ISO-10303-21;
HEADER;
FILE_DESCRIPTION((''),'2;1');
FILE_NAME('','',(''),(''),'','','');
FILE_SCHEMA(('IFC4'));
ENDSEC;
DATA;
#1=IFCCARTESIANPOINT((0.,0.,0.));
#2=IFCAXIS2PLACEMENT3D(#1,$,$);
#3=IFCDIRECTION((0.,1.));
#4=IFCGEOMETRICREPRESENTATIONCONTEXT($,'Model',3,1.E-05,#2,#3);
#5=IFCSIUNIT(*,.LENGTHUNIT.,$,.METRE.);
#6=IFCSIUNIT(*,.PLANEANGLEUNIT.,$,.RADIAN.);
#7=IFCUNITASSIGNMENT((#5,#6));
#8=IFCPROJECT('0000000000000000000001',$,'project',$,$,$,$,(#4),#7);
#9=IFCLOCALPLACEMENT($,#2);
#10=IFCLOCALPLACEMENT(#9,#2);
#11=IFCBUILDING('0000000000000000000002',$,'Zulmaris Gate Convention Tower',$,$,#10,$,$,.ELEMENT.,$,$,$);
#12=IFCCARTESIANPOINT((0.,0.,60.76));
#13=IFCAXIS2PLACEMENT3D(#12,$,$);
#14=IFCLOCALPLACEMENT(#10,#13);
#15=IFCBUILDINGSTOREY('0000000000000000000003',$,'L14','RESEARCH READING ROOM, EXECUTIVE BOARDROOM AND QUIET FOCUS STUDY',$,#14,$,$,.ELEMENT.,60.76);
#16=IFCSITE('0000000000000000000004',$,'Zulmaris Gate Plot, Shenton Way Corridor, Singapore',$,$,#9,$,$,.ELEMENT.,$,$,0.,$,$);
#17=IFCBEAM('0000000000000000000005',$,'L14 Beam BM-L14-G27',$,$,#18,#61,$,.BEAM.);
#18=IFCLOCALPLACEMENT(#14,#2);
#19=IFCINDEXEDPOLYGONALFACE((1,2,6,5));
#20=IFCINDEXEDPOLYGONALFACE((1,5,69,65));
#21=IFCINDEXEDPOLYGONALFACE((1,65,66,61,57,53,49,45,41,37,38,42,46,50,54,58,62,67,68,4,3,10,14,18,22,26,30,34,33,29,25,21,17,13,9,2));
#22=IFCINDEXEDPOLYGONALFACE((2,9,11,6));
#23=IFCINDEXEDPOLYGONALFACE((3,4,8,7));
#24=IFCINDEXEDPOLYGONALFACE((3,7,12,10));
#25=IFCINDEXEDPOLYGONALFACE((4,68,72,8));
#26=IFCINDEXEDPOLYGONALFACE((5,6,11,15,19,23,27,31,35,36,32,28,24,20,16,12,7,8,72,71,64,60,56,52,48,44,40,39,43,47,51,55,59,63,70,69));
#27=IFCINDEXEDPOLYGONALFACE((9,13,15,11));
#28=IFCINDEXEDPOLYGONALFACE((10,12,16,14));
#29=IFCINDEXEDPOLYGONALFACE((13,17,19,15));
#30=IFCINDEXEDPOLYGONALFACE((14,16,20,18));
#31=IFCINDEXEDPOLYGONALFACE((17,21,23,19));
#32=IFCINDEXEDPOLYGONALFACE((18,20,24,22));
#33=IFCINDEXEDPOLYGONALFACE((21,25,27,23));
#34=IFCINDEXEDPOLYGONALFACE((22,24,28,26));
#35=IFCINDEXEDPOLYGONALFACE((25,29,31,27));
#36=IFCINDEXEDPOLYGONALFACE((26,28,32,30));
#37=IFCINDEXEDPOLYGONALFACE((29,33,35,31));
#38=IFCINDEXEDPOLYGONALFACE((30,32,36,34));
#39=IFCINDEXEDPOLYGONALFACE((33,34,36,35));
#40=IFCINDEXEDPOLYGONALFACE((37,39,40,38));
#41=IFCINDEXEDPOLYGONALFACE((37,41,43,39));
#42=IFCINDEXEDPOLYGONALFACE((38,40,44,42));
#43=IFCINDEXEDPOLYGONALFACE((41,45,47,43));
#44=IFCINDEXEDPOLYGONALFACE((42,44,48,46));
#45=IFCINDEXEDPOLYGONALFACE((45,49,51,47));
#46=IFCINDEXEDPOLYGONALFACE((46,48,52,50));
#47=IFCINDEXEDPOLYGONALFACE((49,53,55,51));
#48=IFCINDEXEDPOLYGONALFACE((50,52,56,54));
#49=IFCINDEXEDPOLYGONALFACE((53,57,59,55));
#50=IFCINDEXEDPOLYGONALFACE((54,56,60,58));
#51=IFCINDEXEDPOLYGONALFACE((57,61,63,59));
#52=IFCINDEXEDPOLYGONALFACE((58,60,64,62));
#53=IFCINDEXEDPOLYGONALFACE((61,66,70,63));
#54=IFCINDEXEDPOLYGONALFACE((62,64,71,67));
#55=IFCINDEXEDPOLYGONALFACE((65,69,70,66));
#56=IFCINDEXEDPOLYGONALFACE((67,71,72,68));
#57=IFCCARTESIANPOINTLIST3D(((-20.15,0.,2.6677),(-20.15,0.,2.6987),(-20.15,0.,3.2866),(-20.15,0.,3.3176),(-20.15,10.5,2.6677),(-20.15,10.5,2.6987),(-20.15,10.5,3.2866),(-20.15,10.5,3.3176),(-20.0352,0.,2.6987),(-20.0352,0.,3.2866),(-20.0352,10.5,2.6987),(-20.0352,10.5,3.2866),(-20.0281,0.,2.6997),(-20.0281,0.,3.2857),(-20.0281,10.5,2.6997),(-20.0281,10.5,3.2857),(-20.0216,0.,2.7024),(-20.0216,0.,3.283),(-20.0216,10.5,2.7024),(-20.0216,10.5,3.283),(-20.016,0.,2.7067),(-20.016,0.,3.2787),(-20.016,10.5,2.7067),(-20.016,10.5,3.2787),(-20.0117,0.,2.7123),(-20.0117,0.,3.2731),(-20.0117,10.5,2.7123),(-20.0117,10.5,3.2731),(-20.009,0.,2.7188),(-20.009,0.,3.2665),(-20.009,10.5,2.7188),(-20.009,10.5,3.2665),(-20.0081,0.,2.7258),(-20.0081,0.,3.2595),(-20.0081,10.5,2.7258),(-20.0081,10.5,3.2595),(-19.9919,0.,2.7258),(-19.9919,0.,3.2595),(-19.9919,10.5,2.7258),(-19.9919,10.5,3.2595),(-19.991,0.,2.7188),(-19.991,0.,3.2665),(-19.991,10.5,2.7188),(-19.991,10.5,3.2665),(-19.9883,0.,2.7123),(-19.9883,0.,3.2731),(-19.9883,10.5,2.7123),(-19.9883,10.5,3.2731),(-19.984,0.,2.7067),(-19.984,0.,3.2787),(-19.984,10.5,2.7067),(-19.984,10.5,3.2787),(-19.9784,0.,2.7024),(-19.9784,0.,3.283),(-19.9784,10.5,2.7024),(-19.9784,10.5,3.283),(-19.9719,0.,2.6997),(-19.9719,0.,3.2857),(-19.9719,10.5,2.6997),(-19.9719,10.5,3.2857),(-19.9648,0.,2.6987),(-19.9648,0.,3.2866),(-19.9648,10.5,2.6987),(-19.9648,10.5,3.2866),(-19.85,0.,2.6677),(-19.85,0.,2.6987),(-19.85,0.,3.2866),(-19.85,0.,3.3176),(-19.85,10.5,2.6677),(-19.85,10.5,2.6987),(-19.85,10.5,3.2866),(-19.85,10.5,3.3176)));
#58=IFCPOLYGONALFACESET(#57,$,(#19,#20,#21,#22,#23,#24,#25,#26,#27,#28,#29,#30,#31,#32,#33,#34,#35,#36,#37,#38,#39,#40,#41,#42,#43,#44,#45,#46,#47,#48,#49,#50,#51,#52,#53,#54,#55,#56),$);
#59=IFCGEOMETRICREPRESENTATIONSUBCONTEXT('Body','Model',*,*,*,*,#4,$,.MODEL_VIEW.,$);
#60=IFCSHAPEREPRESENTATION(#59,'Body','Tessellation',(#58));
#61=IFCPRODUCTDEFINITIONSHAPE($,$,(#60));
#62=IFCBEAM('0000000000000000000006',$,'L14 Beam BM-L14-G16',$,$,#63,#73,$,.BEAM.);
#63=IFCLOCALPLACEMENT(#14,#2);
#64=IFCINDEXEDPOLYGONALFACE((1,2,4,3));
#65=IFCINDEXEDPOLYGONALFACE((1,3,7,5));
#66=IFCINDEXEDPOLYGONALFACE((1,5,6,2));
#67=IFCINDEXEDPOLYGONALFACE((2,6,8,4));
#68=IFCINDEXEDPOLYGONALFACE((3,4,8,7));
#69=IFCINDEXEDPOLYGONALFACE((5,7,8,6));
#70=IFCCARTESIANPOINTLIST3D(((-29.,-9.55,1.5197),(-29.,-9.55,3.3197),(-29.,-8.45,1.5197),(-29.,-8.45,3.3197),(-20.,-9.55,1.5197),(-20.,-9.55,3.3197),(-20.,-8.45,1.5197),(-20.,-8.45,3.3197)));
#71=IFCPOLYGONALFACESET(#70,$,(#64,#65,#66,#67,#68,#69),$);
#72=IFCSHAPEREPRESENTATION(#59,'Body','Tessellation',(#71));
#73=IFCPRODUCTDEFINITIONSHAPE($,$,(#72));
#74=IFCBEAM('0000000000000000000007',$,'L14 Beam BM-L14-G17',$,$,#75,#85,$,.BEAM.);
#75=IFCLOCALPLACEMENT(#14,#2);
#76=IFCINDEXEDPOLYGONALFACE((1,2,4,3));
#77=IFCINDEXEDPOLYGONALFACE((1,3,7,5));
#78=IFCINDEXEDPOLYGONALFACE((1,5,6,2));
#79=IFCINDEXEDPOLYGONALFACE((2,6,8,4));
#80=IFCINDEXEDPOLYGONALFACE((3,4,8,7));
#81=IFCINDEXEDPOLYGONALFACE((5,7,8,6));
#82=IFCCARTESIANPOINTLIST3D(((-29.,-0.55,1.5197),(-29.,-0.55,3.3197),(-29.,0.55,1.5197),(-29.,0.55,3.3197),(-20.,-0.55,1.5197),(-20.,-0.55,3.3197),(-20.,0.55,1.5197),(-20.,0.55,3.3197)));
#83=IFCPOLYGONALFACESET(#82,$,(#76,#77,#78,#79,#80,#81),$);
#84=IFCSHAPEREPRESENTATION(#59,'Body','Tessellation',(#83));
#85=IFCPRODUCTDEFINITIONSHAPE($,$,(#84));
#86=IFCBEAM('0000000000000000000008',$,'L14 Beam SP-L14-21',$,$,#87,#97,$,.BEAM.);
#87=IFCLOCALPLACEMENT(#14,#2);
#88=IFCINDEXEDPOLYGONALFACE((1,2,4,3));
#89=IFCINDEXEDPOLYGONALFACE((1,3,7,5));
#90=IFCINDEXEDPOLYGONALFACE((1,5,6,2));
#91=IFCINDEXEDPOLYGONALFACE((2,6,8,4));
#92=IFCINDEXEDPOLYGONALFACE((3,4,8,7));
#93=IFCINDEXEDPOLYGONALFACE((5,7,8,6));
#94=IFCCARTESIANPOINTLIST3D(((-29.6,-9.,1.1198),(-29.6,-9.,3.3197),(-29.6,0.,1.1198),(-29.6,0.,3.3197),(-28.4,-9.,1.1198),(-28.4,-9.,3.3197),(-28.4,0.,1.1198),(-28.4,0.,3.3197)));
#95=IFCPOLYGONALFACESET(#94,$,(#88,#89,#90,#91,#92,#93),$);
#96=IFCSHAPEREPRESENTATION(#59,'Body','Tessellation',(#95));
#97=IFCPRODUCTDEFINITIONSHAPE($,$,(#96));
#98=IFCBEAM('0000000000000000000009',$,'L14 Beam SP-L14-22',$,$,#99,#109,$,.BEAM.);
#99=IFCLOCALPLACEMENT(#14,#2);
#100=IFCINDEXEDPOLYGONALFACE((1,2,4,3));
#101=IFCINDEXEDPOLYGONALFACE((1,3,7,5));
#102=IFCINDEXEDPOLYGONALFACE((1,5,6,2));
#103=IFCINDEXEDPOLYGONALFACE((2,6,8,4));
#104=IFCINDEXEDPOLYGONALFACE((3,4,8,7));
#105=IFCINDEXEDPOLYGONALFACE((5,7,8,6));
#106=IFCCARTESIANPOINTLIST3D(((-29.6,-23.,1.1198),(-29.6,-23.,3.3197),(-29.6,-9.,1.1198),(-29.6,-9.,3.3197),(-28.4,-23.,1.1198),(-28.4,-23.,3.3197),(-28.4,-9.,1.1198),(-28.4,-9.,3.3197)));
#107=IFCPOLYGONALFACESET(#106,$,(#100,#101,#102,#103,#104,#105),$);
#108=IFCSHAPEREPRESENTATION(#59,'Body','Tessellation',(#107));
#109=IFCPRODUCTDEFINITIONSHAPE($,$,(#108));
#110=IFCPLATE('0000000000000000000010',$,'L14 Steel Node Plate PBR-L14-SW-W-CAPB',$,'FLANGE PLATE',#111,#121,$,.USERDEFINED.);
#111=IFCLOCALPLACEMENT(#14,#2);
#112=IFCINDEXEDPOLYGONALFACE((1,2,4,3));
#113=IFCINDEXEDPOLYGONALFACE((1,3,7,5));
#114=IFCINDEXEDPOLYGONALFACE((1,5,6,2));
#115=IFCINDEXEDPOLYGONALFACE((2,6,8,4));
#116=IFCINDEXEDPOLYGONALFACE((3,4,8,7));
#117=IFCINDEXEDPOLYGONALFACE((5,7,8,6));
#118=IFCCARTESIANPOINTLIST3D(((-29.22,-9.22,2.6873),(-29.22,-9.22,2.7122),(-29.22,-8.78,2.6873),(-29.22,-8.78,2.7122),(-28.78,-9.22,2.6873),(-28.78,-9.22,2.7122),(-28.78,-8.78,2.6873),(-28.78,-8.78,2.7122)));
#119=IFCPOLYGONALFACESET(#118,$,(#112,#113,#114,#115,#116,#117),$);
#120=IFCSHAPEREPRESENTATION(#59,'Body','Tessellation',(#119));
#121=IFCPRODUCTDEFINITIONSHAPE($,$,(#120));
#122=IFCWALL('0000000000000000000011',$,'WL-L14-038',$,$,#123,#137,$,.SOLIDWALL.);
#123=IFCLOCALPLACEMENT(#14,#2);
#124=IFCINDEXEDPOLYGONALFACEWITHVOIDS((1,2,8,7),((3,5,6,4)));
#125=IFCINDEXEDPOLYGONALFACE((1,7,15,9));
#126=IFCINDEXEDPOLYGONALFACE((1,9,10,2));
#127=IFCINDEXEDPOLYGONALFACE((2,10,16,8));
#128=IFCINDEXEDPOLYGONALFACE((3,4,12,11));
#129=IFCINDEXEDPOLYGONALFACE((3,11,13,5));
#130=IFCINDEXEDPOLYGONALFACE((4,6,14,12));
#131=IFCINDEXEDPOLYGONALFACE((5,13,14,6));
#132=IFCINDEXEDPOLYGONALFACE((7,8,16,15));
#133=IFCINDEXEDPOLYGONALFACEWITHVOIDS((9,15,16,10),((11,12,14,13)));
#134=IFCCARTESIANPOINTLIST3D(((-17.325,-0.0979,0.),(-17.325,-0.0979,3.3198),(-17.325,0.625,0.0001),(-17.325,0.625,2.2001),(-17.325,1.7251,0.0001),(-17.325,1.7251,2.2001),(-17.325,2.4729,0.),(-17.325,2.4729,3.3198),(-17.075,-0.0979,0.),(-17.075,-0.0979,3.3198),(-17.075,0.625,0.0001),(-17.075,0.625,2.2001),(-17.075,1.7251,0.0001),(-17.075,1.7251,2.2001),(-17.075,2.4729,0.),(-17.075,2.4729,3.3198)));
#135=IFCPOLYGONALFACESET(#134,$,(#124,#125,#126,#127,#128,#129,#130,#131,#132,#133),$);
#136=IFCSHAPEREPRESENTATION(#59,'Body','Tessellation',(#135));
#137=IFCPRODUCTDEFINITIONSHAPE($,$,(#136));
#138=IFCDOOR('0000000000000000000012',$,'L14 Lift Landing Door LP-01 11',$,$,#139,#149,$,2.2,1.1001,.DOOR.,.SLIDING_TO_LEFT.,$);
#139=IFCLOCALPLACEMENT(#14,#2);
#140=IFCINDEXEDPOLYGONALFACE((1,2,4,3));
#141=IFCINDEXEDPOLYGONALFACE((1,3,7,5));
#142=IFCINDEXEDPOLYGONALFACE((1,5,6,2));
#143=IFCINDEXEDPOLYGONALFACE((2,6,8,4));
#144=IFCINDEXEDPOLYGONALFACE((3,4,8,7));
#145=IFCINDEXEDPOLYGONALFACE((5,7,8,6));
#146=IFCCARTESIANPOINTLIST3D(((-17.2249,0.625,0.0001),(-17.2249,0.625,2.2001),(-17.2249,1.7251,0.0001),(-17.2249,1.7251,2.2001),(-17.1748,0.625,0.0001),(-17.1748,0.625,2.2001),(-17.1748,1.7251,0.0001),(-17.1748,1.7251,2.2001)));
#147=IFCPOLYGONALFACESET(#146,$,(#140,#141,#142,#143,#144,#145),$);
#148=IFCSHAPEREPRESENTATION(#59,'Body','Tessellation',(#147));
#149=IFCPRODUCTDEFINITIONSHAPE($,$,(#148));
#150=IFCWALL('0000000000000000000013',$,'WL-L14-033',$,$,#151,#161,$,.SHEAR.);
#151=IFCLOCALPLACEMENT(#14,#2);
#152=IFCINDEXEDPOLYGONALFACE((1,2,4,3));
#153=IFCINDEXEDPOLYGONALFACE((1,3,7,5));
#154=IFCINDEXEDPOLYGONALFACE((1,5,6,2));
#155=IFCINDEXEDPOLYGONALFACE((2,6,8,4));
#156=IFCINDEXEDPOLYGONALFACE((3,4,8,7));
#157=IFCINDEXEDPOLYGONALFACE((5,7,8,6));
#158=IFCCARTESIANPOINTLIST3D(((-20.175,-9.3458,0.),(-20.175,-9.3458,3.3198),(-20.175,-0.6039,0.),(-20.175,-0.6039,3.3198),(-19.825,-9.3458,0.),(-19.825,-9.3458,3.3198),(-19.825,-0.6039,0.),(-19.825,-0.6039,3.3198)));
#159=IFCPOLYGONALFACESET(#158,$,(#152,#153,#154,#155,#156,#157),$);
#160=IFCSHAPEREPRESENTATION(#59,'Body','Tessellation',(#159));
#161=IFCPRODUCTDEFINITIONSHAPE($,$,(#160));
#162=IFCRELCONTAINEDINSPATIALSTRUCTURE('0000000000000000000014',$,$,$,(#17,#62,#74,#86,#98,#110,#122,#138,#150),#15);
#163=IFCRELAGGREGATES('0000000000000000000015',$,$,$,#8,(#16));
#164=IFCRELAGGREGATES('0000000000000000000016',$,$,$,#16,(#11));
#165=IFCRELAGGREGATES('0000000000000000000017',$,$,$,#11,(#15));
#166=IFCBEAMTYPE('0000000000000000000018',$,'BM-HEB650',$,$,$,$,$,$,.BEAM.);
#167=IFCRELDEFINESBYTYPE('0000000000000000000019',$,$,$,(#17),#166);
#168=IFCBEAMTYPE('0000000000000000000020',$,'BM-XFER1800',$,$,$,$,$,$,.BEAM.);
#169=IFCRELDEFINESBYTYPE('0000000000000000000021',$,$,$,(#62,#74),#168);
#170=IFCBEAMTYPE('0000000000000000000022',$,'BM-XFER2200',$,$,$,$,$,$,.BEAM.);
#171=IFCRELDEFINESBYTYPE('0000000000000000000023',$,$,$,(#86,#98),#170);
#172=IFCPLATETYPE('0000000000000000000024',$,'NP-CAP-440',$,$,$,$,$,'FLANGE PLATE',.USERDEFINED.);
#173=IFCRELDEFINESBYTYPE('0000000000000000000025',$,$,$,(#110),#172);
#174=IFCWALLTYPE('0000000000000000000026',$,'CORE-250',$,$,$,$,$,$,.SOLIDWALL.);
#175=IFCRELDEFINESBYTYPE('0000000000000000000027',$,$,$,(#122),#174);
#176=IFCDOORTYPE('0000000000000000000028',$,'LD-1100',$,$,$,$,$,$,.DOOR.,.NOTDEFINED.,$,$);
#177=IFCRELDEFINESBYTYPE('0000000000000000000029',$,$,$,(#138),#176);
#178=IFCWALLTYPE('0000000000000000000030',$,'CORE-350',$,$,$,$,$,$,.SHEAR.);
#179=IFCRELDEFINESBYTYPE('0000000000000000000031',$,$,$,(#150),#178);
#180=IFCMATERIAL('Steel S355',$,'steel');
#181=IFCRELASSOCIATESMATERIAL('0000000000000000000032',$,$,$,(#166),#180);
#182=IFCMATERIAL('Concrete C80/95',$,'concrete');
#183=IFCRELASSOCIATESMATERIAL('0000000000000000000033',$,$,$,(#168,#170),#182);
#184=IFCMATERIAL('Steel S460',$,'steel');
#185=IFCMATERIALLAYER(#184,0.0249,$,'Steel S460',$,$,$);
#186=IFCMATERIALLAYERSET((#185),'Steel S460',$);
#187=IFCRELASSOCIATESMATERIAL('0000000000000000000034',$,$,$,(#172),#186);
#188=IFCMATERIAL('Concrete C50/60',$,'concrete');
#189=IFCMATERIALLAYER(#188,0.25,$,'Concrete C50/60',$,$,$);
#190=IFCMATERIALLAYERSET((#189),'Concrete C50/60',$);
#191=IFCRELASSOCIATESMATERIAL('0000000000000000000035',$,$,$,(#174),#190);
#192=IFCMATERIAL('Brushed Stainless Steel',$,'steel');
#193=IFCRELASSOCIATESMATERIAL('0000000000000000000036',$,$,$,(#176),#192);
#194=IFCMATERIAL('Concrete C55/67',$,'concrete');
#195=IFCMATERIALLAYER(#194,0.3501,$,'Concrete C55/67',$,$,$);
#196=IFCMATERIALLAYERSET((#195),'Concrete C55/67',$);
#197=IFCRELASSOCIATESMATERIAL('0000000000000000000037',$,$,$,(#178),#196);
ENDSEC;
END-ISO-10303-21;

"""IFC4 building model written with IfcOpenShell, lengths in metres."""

from ifc_helpers import new_model, si_unit, direction, frame, frame_2d, origin, origin_2d, place, context, subcontext, project, spatial, rectangle, i_section, extrude, material, layer, layer_set, material_profile, profile_set, type_object, element, fill, save


model = new_model("IFC4")

# Units and contexts
model_context = context("Model", 3, precision=1e-05, world=origin(), true_north=direction((0.0, 1.0)))
body_context = subcontext(model_context, "Body", "Model", "MODEL_VIEW")
ifc_project = project(units=[si_unit("LENGTHUNIT", "METRE"), si_unit("PLANEANGLEUNIT", "RADIAN")], contexts=[model_context])

# Site, building, storey
site_placement = place(None, origin())
site = spatial("IfcSite", under=ifc_project, at=site_placement, Name="Zulmaris Gate Plot, Shenton Way Corridor, Singapore", CompositionType="ELEMENT", RefElevation=0.0)
building_placement = place(site_placement, origin())
building = spatial("IfcBuilding", under=site, at=building_placement, Name="Zulmaris Gate Convention Tower", CompositionType="ELEMENT")
storey_placement = place(building_placement, frame((0.0, 0.0, 60.76)))
storey = spatial("IfcBuildingStorey", under=building, at=storey_placement, Name="L14", Description="RESEARCH READING ROOM, EXECUTIVE BOARDROOM AND QUIET FOCUS STUDY", CompositionType="ELEMENT", Elevation=60.76)

# Shared definitions
ifc_material_1 = material(Name="Concrete C80/95", Category="concrete")

# Beams
ifc_material_2 = material(Name="Steel S355", Category="steel")
ifc_material_profile_1 = material_profile(ifc_material_2, i_section(OverallWidth=0.3, OverallDepth=0.6499, WebThickness=0.0161, FlangeThickness=0.031, FilletRadius=0.0271, at=origin_2d()), Name="HEB 650")
ifc_profile_set_1 = profile_set([ifc_material_profile_1], Name="Steel S355")
beam_type_1 = type_object("IfcBeamType", Name="BM-HEB650", PredefinedType="BEAM", material=ifc_profile_set_1)
beam_1_placement = place(storey_placement, frame((-20.0, 0.0, 2.9927), z_axis=(0.0, 1.0, 0.0), x_axis=(-1.0, 0.0, 0.0)))
element("IfcBeam", 1, at=beam_1_placement, inside=storey, type_object=beam_type_1, Name="L14 Beam BM-L14-G27", PredefinedType="BEAM", context=body_context, shape_type="SweptSolid", body=[
    extrude(i_section(OverallWidth=0.3, OverallDepth=0.6499, WebThickness=0.0161, FlangeThickness=0.031, FilletRadius=0.0271, at=origin_2d()), origin(), (0.0, 0.0, 1.0), 10.5),
])
ifc_material_profile_2 = material_profile(ifc_material_1, rectangle(XDim=1.1001, YDim=1.8, at=origin_2d()), Name="RC TRANSFER 1100x1800")
ifc_profile_set_2 = profile_set([ifc_material_profile_2], Name="Concrete C80/95")
beam_type_2 = type_object("IfcBeamType", Name="BM-XFER1800", PredefinedType="BEAM", material=ifc_profile_set_2)
for number, where, z_axis, x_axis, name in (
    (2, (-29.0, -9.0, 2.4197), (1.0, 0.0, 0.0), (0.0, 1.0, 0.0), "L14 Beam BM-L14-G16"),
    (3, (-29.0, 0.0, 2.4197), (1.0, 0.0, 0.0), (0.0, 1.0, 0.0), "L14 Beam BM-L14-G17"),
):
    element("IfcBeam", number, at=place(storey_placement, frame(where, z_axis=z_axis, x_axis=x_axis)), inside=storey, type_object=beam_type_2, Name=name, PredefinedType="BEAM", context=body_context, shape_type="SweptSolid", body=[
        extrude(rectangle(XDim=1.1001, YDim=1.8, at=origin_2d()), origin(), (0.0, 0.0, 1.0), 9.0),
    ])
ifc_material_profile_3 = material_profile(ifc_material_1, rectangle(XDim=1.2, YDim=2.2, at=origin_2d()), Name="RC TRANSFER 1200x2200")
ifc_profile_set_3 = profile_set([ifc_material_profile_3], Name="Concrete C80/95")
beam_type_3 = type_object("IfcBeamType", Name="BM-XFER2200", PredefinedType="BEAM", material=ifc_profile_set_3)
beam_2_placement = place(storey_placement, frame((-29.0, 0.0, 2.2197), z_axis=(0.0, -1.0, 0.0), x_axis=(1.0, 0.0, 0.0)))
element("IfcBeam", 4, at=beam_2_placement, inside=storey, type_object=beam_type_3, Name="L14 Beam SP-L14-21", PredefinedType="BEAM", context=body_context, shape_type="SweptSolid", body=[
    extrude(rectangle(XDim=1.2, YDim=2.2, at=origin_2d()), origin(), (0.0, 0.0, 1.0), 9.0),
])
beam_3_placement = place(storey_placement, frame((-29.0, -9.0, 2.2197), z_axis=(0.0, -1.0, 0.0), x_axis=(1.0, 0.0, 0.0)))
element("IfcBeam", 5, at=beam_3_placement, inside=storey, type_object=beam_type_3, Name="L14 Beam SP-L14-22", PredefinedType="BEAM", context=body_context, shape_type="SweptSolid", body=[
    extrude(rectangle(XDim=1.2, YDim=2.2, at=origin_2d()), origin(), (0.0, 0.0, 1.0), 14.0),
])

# Plate
ifc_material_3 = material(Name="Steel S460", Category="steel")
ifc_layer_1 = layer(ifc_material_3, 0.0249, Name="Steel S460")
ifc_layer_set_1 = layer_set([ifc_layer_1], Name="Steel S460")
plate_type = type_object("IfcPlateType", Name="NP-CAP-440", ElementType="FLANGE PLATE", PredefinedType="USERDEFINED", material=ifc_layer_set_1)
plate_placement = place(storey_placement, frame((-29.0, -9.0, 2.6873), z_axis=(0.0, 0.0, 1.0), x_axis=(1.0, 0.0, 0.0)))
element("IfcPlate", 6, at=plate_placement, inside=storey, type_object=plate_type, Name="L14 Steel Node Plate PBR-L14-SW-W-CAPB", ObjectType="FLANGE PLATE", PredefinedType="USERDEFINED", context=body_context, shape_type="SweptSolid", body=[
    extrude(rectangle(XDim=0.4399, YDim=0.4399, at=origin_2d()), origin(), (0.0, 0.0, 1.0), 0.0249),
])

# Wall, opening, door
ifc_material_4 = material(Name="Concrete C50/60", Category="concrete")
ifc_layer_2 = layer(ifc_material_4, 0.25, Name="Concrete C50/60")
ifc_layer_set_2 = layer_set([ifc_layer_2], Name="Concrete C50/60")
wall_type_1 = type_object("IfcWallType", Name="CORE-250", PredefinedType="SOLIDWALL", material=ifc_layer_set_2)
wall_1_placement = place(storey_placement, frame((-17.2, -0.0979, 0.0), z_axis=(0.0, 0.0, 1.0), x_axis=(0.0, 1.0, 0.0)))
wall_1 = element("IfcWall", 7, at=wall_1_placement, inside=storey, type_object=wall_type_1, Name="WL-L14-038", PredefinedType="SOLIDWALL", context=body_context, shape_type="SweptSolid", body=[
    extrude(rectangle(XDim=2.5708, YDim=0.25, at=frame_2d((1.2854, 0.0))), origin(), (0.0, 0.0, 1.0), 3.3198),
])
opening_1_placement = place(wall_1_placement, frame((0.7229, 0.0, 0.0)))
opening_1 = element("IfcOpeningElement", 8, at=opening_1_placement, cuts=wall_1, PredefinedType="OPENING", context=body_context, shape_type="SweptSolid", body=[
    extrude(rectangle(XDim=1.1001, YDim=2.2, at=frame_2d((0.55, 1.1001))), frame((0.0, 0.135, 0.0), z_axis=(0.0, -1.0, 0.0), x_axis=(1.0, 0.0, 0.0)), (0.0, 0.0, 1.0), 0.27),
])
ifc_material_5 = material(Name="Brushed Stainless Steel", Category="steel")
door_type_1 = type_object("IfcDoorType", Name="LD-1100", OperationType="NOTDEFINED", PredefinedType="DOOR", material=ifc_material_5)
door_1_placement = place(opening_1_placement, origin())
door_1 = element("IfcDoor", 9, at=door_1_placement, inside=storey, type_object=door_type_1, Name="L14 Lift Landing Door LP-01 11", OperationType="SLIDING_TO_LEFT", OverallHeight=2.2, OverallWidth=1.1001, PredefinedType="DOOR", context=body_context, shape_type="SweptSolid", body=[
    extrude(rectangle(XDim=1.1001, YDim=2.2, at=frame_2d((0.55, 1.1001))), frame((0.0, 0.0249, 0.0), z_axis=(0.0, -1.0, 0.0), x_axis=(1.0, 0.0, 0.0)), (0.0, 0.0, 1.0), 0.05),
])
fill(opening_1, door_1)
ifc_material_6 = material(Name="Concrete C55/67", Category="concrete")
ifc_layer_3 = layer(ifc_material_6, 0.3501, Name="Concrete C55/67")
ifc_layer_set_3 = layer_set([ifc_layer_3], Name="Concrete C55/67")
wall_type_2 = type_object("IfcWallType", Name="CORE-350", PredefinedType="SHEAR", material=ifc_layer_set_3)

# Wall
wall_2_placement = place(storey_placement, frame((-20.0, -9.3459, 0.0), z_axis=(0.0, 0.0, 1.0), x_axis=(0.0, 1.0, 0.0)))
element("IfcWall", 10, at=wall_2_placement, inside=storey, type_object=wall_type_2, Name="WL-L14-033", PredefinedType="SHEAR", context=body_context, shape_type="SweptSolid", body=[
    extrude(rectangle(XDim=8.7419, YDim=0.3501, at=frame_2d((4.3711, 0.0))), origin(), (0.0, 0.0, 1.0), 3.3198),
])

save(model, "model.ifc")
